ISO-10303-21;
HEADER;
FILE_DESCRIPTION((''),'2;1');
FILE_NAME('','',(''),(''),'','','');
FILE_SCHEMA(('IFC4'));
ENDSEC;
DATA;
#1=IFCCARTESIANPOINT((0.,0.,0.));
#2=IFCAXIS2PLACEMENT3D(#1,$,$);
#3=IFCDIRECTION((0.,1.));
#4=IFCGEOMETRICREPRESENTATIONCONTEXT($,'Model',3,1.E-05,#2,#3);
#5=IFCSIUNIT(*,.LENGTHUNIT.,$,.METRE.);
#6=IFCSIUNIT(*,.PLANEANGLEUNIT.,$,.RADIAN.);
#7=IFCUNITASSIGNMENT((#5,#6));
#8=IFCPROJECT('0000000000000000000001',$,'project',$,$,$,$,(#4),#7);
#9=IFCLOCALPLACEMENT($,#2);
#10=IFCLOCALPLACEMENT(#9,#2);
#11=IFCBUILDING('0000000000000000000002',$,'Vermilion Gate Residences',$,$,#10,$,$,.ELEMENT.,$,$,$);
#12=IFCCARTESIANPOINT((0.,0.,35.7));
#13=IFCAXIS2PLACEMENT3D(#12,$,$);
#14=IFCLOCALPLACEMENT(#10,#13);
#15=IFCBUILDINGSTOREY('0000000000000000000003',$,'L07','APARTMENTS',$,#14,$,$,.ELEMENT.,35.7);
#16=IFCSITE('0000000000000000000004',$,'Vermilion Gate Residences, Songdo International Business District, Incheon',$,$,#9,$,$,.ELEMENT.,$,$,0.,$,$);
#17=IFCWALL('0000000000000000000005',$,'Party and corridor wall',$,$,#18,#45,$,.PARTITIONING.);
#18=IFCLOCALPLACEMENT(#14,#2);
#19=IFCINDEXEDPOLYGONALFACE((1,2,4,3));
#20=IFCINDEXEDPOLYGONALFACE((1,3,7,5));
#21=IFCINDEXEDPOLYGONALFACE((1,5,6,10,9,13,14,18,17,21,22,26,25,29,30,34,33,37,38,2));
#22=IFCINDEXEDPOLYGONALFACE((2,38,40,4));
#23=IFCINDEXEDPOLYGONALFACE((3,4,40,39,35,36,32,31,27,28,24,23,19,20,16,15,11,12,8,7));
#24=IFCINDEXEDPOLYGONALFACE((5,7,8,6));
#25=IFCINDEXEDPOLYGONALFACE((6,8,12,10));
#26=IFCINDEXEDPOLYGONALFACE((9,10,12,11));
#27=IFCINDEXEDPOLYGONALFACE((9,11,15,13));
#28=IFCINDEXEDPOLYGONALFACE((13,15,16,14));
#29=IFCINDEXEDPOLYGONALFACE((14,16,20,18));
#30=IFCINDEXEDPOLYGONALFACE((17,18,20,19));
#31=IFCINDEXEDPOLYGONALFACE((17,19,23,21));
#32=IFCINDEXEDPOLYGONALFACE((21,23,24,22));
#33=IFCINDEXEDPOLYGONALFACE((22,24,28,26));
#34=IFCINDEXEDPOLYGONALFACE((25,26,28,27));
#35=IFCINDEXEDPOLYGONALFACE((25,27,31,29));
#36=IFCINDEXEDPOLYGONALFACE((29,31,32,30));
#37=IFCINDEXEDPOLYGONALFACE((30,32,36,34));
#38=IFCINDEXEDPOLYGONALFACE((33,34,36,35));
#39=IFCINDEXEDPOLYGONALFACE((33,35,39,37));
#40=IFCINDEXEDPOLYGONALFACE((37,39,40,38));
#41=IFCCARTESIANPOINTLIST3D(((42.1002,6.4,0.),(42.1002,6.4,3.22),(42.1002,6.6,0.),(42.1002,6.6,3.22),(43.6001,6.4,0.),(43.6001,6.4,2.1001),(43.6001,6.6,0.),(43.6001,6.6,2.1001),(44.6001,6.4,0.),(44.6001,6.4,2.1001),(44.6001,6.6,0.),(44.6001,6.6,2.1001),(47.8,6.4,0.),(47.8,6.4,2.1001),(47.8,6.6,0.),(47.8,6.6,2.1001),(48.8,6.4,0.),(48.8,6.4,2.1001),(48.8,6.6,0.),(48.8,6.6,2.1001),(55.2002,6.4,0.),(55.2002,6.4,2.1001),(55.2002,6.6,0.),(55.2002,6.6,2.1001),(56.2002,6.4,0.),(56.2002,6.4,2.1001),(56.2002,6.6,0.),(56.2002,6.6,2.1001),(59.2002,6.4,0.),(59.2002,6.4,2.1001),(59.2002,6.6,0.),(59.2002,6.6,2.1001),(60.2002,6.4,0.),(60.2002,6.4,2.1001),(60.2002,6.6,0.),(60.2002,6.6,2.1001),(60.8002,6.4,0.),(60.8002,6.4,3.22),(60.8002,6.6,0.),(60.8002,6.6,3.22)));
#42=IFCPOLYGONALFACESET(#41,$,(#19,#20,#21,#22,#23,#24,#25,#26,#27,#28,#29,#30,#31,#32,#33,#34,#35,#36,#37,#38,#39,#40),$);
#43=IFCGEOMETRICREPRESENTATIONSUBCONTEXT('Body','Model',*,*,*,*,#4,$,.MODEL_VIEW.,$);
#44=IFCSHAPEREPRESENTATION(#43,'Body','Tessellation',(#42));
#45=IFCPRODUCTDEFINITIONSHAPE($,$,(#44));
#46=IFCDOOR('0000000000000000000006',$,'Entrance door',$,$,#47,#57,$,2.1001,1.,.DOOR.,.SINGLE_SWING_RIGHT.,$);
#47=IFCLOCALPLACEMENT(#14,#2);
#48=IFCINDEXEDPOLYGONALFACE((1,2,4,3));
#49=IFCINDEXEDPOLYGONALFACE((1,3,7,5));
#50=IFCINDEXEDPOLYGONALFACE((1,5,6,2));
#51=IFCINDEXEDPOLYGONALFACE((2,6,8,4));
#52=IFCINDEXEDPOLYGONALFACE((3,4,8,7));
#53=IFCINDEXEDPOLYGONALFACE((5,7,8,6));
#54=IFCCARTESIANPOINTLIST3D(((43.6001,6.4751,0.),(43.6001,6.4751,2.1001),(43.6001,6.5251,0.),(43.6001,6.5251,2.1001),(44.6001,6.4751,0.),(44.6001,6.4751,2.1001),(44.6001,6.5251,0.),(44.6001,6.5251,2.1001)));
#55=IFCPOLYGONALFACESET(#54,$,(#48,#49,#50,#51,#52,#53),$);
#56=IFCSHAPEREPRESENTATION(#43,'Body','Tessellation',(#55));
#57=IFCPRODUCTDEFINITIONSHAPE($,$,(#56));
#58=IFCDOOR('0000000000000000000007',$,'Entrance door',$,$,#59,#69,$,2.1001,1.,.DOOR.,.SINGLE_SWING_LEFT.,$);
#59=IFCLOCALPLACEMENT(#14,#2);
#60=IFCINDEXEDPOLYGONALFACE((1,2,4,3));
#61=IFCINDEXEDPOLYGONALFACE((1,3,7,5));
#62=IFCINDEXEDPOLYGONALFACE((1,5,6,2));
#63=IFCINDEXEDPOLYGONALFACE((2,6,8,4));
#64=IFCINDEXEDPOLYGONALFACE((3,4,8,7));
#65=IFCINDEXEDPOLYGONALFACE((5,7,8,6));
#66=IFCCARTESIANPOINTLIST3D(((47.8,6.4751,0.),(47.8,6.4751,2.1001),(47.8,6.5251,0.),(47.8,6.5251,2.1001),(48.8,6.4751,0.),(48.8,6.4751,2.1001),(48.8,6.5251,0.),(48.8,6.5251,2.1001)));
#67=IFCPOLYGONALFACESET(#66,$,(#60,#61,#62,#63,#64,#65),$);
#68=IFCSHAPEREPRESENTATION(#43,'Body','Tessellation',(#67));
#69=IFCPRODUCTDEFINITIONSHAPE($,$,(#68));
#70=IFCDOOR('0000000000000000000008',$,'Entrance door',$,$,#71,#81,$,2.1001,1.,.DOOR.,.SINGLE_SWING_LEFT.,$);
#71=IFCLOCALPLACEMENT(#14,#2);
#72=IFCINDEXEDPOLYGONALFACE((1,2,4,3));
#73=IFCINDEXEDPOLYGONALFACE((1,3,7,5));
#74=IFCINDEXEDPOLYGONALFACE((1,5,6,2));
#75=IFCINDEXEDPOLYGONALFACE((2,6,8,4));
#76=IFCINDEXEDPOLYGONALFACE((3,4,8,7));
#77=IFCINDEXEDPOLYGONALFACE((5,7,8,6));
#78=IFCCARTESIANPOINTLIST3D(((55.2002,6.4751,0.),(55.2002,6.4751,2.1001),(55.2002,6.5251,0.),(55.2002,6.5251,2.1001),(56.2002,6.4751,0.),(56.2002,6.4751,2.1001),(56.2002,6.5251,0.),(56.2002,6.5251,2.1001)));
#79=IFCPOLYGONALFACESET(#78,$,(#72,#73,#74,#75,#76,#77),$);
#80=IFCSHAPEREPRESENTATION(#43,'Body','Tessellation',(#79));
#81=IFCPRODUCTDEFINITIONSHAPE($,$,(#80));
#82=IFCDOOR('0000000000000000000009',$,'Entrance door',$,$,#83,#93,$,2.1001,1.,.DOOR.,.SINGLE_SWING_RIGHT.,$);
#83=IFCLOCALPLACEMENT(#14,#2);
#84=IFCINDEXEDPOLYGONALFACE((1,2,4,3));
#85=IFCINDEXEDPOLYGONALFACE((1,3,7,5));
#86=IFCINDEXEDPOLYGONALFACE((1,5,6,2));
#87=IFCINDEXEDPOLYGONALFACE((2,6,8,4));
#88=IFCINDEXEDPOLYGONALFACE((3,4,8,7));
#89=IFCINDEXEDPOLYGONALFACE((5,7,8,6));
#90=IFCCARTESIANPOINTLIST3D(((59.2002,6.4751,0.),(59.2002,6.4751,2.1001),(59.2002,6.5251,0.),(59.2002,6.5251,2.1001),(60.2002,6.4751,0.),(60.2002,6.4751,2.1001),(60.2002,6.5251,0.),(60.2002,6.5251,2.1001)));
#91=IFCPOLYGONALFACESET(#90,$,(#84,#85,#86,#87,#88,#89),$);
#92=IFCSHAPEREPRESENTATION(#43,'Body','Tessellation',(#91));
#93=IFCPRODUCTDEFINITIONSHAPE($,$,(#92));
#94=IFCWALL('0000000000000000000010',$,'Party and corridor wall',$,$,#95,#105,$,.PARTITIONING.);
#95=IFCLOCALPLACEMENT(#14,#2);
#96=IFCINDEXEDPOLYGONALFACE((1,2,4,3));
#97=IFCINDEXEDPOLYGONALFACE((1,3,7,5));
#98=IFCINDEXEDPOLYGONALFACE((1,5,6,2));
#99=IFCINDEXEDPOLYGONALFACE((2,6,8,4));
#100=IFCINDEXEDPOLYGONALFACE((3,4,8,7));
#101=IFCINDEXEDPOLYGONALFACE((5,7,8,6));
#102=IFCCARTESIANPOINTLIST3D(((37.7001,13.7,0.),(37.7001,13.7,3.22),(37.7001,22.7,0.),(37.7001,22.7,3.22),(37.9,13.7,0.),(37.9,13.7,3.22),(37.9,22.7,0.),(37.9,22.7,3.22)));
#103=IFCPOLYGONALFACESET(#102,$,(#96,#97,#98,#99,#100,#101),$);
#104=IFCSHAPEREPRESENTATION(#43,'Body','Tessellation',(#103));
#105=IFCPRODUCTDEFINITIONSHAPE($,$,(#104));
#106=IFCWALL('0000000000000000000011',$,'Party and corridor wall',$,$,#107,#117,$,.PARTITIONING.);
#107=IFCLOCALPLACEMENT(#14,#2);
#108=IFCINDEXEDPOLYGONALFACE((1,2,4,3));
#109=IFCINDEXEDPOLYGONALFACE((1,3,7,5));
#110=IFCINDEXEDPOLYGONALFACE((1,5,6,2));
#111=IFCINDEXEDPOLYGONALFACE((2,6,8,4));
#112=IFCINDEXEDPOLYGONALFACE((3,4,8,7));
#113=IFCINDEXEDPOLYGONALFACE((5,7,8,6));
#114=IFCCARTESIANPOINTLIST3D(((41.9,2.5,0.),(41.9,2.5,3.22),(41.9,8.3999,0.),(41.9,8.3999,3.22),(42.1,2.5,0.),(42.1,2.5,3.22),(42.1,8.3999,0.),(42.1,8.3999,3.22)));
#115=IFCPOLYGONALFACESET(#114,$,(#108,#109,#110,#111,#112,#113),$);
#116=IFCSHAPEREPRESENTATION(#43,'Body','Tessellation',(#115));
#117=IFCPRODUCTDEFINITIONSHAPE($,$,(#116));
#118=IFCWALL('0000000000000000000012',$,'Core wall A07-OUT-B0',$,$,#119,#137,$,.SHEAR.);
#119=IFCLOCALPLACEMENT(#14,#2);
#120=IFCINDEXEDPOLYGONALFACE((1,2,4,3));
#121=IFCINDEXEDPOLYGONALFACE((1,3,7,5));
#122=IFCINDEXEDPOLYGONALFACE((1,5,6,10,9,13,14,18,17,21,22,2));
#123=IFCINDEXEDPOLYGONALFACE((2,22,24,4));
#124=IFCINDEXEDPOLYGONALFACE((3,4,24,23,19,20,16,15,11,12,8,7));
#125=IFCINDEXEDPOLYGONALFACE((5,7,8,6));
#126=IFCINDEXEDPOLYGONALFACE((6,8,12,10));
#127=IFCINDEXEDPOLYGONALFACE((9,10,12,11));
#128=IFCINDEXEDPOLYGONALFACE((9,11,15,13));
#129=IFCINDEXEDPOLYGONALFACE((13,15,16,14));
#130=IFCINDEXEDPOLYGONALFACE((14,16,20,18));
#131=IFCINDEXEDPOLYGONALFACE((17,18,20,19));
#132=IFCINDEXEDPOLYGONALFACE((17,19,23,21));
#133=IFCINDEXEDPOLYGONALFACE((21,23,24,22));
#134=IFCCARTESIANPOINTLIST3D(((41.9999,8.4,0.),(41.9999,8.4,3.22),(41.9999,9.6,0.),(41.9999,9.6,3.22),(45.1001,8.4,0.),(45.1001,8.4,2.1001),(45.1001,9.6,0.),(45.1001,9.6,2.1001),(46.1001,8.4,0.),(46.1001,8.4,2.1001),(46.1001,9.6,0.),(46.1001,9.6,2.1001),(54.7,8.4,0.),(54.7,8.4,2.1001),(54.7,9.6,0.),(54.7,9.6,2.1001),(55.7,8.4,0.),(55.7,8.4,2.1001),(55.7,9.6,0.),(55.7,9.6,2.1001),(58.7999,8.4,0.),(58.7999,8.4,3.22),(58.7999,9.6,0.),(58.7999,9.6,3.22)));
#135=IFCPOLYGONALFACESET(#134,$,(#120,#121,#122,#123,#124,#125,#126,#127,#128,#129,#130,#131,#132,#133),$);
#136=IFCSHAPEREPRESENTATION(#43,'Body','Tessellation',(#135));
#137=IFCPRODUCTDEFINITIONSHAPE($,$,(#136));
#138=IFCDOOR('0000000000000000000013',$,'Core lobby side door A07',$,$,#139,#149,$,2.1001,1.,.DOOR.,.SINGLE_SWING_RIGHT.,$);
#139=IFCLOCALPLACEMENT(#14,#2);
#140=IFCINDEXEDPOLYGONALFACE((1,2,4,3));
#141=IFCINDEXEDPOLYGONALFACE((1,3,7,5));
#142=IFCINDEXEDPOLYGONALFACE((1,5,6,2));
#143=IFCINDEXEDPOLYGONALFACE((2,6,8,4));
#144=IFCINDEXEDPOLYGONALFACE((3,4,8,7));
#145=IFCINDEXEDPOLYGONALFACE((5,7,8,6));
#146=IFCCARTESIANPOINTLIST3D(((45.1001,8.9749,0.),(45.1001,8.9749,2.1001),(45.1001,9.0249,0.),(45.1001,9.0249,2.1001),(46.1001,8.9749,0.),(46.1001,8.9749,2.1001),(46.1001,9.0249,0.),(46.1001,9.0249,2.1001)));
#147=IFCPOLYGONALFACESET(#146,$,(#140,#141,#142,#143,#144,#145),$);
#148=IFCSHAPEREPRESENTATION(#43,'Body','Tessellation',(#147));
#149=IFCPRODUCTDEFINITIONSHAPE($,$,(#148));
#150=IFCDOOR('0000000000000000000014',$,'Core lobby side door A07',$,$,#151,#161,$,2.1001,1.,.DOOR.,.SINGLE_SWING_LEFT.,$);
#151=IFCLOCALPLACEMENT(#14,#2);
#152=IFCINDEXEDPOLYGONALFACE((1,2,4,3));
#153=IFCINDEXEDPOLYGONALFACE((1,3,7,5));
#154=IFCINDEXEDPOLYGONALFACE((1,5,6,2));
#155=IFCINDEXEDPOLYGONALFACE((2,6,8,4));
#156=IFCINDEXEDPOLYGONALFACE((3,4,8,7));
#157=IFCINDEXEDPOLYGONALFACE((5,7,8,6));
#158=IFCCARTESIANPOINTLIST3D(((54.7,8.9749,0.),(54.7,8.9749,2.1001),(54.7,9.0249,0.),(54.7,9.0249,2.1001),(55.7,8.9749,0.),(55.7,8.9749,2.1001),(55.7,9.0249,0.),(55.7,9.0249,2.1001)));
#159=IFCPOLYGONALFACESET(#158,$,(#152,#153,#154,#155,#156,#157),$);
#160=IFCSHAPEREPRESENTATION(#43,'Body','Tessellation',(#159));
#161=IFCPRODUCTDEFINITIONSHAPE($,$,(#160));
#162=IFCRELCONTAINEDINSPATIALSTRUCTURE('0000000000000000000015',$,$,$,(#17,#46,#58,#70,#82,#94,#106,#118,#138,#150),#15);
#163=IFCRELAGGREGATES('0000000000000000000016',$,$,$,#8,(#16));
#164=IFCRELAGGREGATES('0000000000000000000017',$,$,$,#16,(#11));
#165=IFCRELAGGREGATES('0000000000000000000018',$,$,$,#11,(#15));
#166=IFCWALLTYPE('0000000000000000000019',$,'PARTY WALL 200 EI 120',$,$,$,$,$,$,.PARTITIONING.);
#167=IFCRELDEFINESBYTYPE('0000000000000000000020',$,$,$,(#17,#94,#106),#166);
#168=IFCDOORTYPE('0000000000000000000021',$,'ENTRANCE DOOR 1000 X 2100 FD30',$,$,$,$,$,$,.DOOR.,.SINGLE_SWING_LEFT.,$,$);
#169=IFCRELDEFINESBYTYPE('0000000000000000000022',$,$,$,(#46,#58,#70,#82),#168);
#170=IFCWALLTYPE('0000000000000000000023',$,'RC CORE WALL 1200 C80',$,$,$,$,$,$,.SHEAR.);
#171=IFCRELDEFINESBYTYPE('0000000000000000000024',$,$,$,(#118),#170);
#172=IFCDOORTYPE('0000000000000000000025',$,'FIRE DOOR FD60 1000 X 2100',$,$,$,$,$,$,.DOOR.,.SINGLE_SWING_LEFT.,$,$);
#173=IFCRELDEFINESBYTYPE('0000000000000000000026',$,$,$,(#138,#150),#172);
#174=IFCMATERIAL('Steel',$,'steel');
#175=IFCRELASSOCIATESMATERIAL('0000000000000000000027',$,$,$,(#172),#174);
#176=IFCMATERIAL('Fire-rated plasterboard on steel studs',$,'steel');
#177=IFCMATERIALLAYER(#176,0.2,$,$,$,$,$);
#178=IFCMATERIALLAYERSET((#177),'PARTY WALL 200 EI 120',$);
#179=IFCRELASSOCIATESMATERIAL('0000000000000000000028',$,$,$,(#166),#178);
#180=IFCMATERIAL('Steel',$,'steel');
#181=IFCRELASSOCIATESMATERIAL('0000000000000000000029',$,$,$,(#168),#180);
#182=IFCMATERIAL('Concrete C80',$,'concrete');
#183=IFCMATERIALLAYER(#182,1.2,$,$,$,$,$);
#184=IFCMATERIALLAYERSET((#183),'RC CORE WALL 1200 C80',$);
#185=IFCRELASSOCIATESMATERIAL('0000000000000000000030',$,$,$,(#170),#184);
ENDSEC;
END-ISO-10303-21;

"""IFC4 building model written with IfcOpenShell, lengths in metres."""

from ifc_helpers import new_model, si_unit, direction, frame, frame_2d, origin, place, context, subcontext, project, spatial, rectangle, extrude, material, layer, layer_set, type_object, element, fill, save


model = new_model("IFC4")

# Units and contexts
model_context = context("Model", 3, precision=1e-05, world=origin(), true_north=direction((0.0, 1.0)))
body_context = subcontext(model_context, "Body", "Model", "MODEL_VIEW")
ifc_project = project(units=[si_unit("LENGTHUNIT", "METRE"), si_unit("PLANEANGLEUNIT", "RADIAN")], contexts=[model_context])

# Site, building, storey
site_placement = place(None, origin())
site = spatial("IfcSite", under=ifc_project, at=site_placement, Name="Vermilion Gate Residences, Songdo International Business District, Incheon", CompositionType="ELEMENT", RefElevation=0.0)
building_placement = place(site_placement, origin())
building = spatial("IfcBuilding", under=site, at=building_placement, Name="Vermilion Gate Residences", CompositionType="ELEMENT")
storey_placement = place(building_placement, frame((0.0, 0.0, 35.7)))
storey = spatial("IfcBuildingStorey", under=building, at=storey_placement, Name="L07", Description="APARTMENTS", CompositionType="ELEMENT", Elevation=35.7)

# Shared definitions
ifc_material_1 = material(Name="Steel", Category="steel")
door_type_1 = type_object("IfcDoorType", Name="FIRE DOOR FD60 1000 X 2100", OperationType="SINGLE_SWING_LEFT", PredefinedType="DOOR", material=ifc_material_1)

# Wall, openings, doors
ifc_material_2 = material(Name="Fire-rated plasterboard on steel studs", Category="steel")
ifc_layer_1 = layer(ifc_material_2, 0.2)
ifc_layer_set_1 = layer_set([ifc_layer_1], Name="PARTY WALL 200 EI 120")
wall_type_1 = type_object("IfcWallType", Name="PARTY WALL 200 EI 120", PredefinedType="PARTITIONING", material=ifc_layer_set_1)
wall_1_placement = place(storey_placement, frame((42.1001, 6.5, 0.0), z_axis=(0.0, 0.0, 1.0), x_axis=(1.0, 0.0, 0.0)))
wall_1 = element("IfcWall", 1, at=wall_1_placement, inside=storey, type_object=wall_type_1, Name="Party and corridor wall", PredefinedType="PARTITIONING", context=body_context, shape_type="SweptSolid", body=[
    extrude(rectangle(XDim=18.7, YDim=0.2, at=frame_2d((9.3501, 0.0))), origin(), (0.0, 0.0, 1.0), 3.22),
])
opening_1_placement = place(wall_1_placement, frame((1.5, 0.0, 0.0)))
opening_1 = element("IfcOpeningElement", 2, at=opening_1_placement, cuts=wall_1, PredefinedType="OPENING", context=body_context, shape_type="SweptSolid", body=[
    extrude(rectangle(XDim=1.0, YDim=2.1001, at=frame_2d((0.5, 1.05))), frame((0.0, 0.1099, 0.0), z_axis=(0.0, -1.0, 0.0), x_axis=(1.0, 0.0, 0.0)), (0.0, 0.0, 1.0), 0.22),
])
opening_2_placement = place(wall_1_placement, frame((5.7, 0.0, 0.0)))
opening_2 = element("IfcOpeningElement", 3, at=opening_2_placement, cuts=wall_1, PredefinedType="OPENING", context=body_context, shape_type="SweptSolid", body=[
    extrude(rectangle(XDim=1.0, YDim=2.1001, at=frame_2d((0.5, 1.05))), frame((0.0, 0.1099, 0.0), z_axis=(0.0, -1.0, 0.0), x_axis=(1.0, 0.0, 0.0)), (0.0, 0.0, 1.0), 0.22),
])
opening_3_placement = place(wall_1_placement, frame((13.1001, 0.0, 0.0)))
opening_3 = element("IfcOpeningElement", 4, at=opening_3_placement, cuts=wall_1, PredefinedType="OPENING", context=body_context, shape_type="SweptSolid", body=[
    extrude(rectangle(XDim=1.0, YDim=2.1001, at=frame_2d((0.5, 1.05))), frame((0.0, 0.1099, 0.0), z_axis=(0.0, -1.0, 0.0), x_axis=(1.0, 0.0, 0.0)), (0.0, 0.0, 1.0), 0.22),
])
opening_4_placement = place(wall_1_placement, frame((17.1001, 0.0, 0.0)))
opening_4 = element("IfcOpeningElement", 5, at=opening_4_placement, cuts=wall_1, PredefinedType="OPENING", context=body_context, shape_type="SweptSolid", body=[
    extrude(rectangle(XDim=1.0, YDim=2.1001, at=frame_2d((0.5, 1.05))), frame((0.0, 0.1099, 0.0), z_axis=(0.0, -1.0, 0.0), x_axis=(1.0, 0.0, 0.0)), (0.0, 0.0, 1.0), 0.22),
])
ifc_material_3 = material(Name="Steel", Category="steel")
door_type_2 = type_object("IfcDoorType", Name="ENTRANCE DOOR 1000 X 2100 FD30", OperationType="SINGLE_SWING_LEFT", PredefinedType="DOOR", material=ifc_material_3)
door_1_placement = place(opening_1_placement, frame((1.0, 0.0, 0.0), z_axis=(0.0, 0.0, 1.0), x_axis=(-1.0, 0.0, 0.0)))
door_1 = element("IfcDoor", 6, at=door_1_placement, inside=storey, type_object=door_type_2, Name="Entrance door", OperationType="SINGLE_SWING_RIGHT", OverallHeight=2.1001, OverallWidth=1.0, PredefinedType="DOOR", context=body_context, shape_type="SweptSolid", body=[
    extrude(rectangle(XDim=1.0, YDim=2.1001, at=frame_2d((0.5, 1.05))), frame((0.0, 0.0249, 0.0), z_axis=(0.0, -1.0, 0.0), x_axis=(1.0, 0.0, 0.0)), (0.0, 0.0, 1.0), 0.05),
])
fill(opening_1, door_1)
door_2_placement = place(opening_2_placement, frame((1.0, 0.0, 0.0), z_axis=(0.0, 0.0, 1.0), x_axis=(-1.0, 0.0, 0.0)))
door_2 = element("IfcDoor", 7, at=door_2_placement, inside=storey, type_object=door_type_2, Name="Entrance door", OperationType="SINGLE_SWING_LEFT", OverallHeight=2.1001, OverallWidth=1.0, PredefinedType="DOOR", context=body_context, shape_type="SweptSolid", body=[
    extrude(rectangle(XDim=1.0, YDim=2.1001, at=frame_2d((0.5, 1.05))), frame((0.0, 0.0249, 0.0), z_axis=(0.0, -1.0, 0.0), x_axis=(1.0, 0.0, 0.0)), (0.0, 0.0, 1.0), 0.05),
])
fill(opening_2, door_2)
door_3_placement = place(opening_3_placement, frame((1.0, 0.0, 0.0), z_axis=(0.0, 0.0, 1.0), x_axis=(-1.0, 0.0, 0.0)))
door_3 = element("IfcDoor", 8, at=door_3_placement, inside=storey, type_object=door_type_2, Name="Entrance door", OperationType="SINGLE_SWING_LEFT", OverallHeight=2.1001, OverallWidth=1.0, PredefinedType="DOOR", context=body_context, shape_type="SweptSolid", body=[
    extrude(rectangle(XDim=1.0, YDim=2.1001, at=frame_2d((0.5, 1.05))), frame((0.0, 0.0249, 0.0), z_axis=(0.0, -1.0, 0.0), x_axis=(1.0, 0.0, 0.0)), (0.0, 0.0, 1.0), 0.05),
])
fill(opening_3, door_3)
door_4_placement = place(opening_4_placement, frame((1.0, 0.0, 0.0), z_axis=(0.0, 0.0, 1.0), x_axis=(-1.0, 0.0, 0.0)))
door_4 = element("IfcDoor", 9, at=door_4_placement, inside=storey, type_object=door_type_2, Name="Entrance door", OperationType="SINGLE_SWING_RIGHT", OverallHeight=2.1001, OverallWidth=1.0, PredefinedType="DOOR", context=body_context, shape_type="SweptSolid", body=[
    extrude(rectangle(XDim=1.0, YDim=2.1001, at=frame_2d((0.5, 1.05))), frame((0.0, 0.0249, 0.0), z_axis=(0.0, -1.0, 0.0), x_axis=(1.0, 0.0, 0.0)), (0.0, 0.0, 1.0), 0.05),
])
fill(opening_4, door_4)

# Walls
wall_2_placement = place(storey_placement, frame((37.8, 13.7, 0.0), z_axis=(0.0, 0.0, 1.0), x_axis=(0.0, 1.0, 0.0)))
element("IfcWall", 10, at=wall_2_placement, inside=storey, type_object=wall_type_1, Name="Party and corridor wall", PredefinedType="PARTITIONING", context=body_context, shape_type="SweptSolid", body=[
    extrude(rectangle(XDim=9.0, YDim=0.2, at=frame_2d((4.5, 0.0))), origin(), (0.0, 0.0, 1.0), 3.22),
])
wall_3_placement = place(storey_placement, frame((42.0, 2.5, 0.0), z_axis=(0.0, 0.0, 1.0), x_axis=(0.0, 1.0, 0.0)))
element("IfcWall", 11, at=wall_3_placement, inside=storey, type_object=wall_type_1, Name="Party and corridor wall", PredefinedType="PARTITIONING", context=body_context, shape_type="SweptSolid", body=[
    extrude(rectangle(XDim=5.8999, YDim=0.2, at=frame_2d((2.95, 0.0))), origin(), (0.0, 0.0, 1.0), 3.22),
])

# Wall, openings, doors
ifc_material_4 = material(Name="Concrete C80", Category="concrete")
ifc_layer_2 = layer(ifc_material_4, 1.2)
ifc_layer_set_2 = layer_set([ifc_layer_2], Name="RC CORE WALL 1200 C80")
wall_type_2 = type_object("IfcWallType", Name="RC CORE WALL 1200 C80", PredefinedType="SHEAR", material=ifc_layer_set_2)
wall_4_placement = place(storey_placement, frame((42.0, 9.0, 0.0), z_axis=(0.0, 0.0, 1.0), x_axis=(1.0, 0.0, 0.0)))
wall_4 = element("IfcWall", 12, at=wall_4_placement, inside=storey, type_object=wall_type_2, Name="Core wall A07-OUT-B0", PredefinedType="SHEAR", context=body_context, shape_type="SweptSolid", body=[
    extrude(rectangle(XDim=16.8, YDim=1.2, at=frame_2d((8.3999, 0.0))), origin(), (0.0, 0.0, 1.0), 3.22),
])
opening_5_placement = place(wall_4_placement, frame((3.1001, 0.0, 0.0)))
opening_5 = element("IfcOpeningElement", 13, at=opening_5_placement, cuts=wall_4, PredefinedType="OPENING", context=body_context, shape_type="SweptSolid", body=[
    extrude(rectangle(XDim=1.0, YDim=2.1001, at=frame_2d((0.5, 1.05))), frame((0.0, 0.6099, 0.0), z_axis=(0.0, -1.0, 0.0), x_axis=(1.0, 0.0, 0.0)), (0.0, 0.0, 1.0), 1.22),
])
opening_6_placement = place(wall_4_placement, frame((12.7, 0.0, 0.0)))
opening_6 = element("IfcOpeningElement", 14, at=opening_6_placement, cuts=wall_4, PredefinedType="OPENING", context=body_context, shape_type="SweptSolid", body=[
    extrude(rectangle(XDim=1.0, YDim=2.1001, at=frame_2d((0.5, 1.05))), frame((0.0, 0.6099, 0.0), z_axis=(0.0, -1.0, 0.0), x_axis=(1.0, 0.0, 0.0)), (0.0, 0.0, 1.0), 1.22),
])
door_5_placement = place(opening_5_placement, origin())
door_5 = element("IfcDoor", 15, at=door_5_placement, inside=storey, type_object=door_type_1, Name="Core lobby side door A07", OperationType="SINGLE_SWING_RIGHT", OverallHeight=2.1001, OverallWidth=1.0, PredefinedType="DOOR", context=body_context, shape_type="SweptSolid", body=[
    extrude(rectangle(XDim=1.0, YDim=2.1001, at=frame_2d((0.5, 1.05))), frame((0.0, 0.0249, 0.0), z_axis=(0.0, -1.0, 0.0), x_axis=(1.0, 0.0, 0.0)), (0.0, 0.0, 1.0), 0.05),
])
fill(opening_5, door_5)
door_6_placement = place(opening_6_placement, origin())
door_6 = element("IfcDoor", 16, at=door_6_placement, inside=storey, type_object=door_type_1, Name="Core lobby side door A07", OperationType="SINGLE_SWING_LEFT", OverallHeight=2.1001, OverallWidth=1.0, PredefinedType="DOOR", context=body_context, shape_type="SweptSolid", body=[
    extrude(rectangle(XDim=1.0, YDim=2.1001, at=frame_2d((0.5, 1.05))), frame((0.0, 0.0249, 0.0), z_axis=(0.0, -1.0, 0.0), x_axis=(1.0, 0.0, 0.0)), (0.0, 0.0, 1.0), 0.05),
])
fill(opening_6, door_6)

save(model, "model.ifc")
